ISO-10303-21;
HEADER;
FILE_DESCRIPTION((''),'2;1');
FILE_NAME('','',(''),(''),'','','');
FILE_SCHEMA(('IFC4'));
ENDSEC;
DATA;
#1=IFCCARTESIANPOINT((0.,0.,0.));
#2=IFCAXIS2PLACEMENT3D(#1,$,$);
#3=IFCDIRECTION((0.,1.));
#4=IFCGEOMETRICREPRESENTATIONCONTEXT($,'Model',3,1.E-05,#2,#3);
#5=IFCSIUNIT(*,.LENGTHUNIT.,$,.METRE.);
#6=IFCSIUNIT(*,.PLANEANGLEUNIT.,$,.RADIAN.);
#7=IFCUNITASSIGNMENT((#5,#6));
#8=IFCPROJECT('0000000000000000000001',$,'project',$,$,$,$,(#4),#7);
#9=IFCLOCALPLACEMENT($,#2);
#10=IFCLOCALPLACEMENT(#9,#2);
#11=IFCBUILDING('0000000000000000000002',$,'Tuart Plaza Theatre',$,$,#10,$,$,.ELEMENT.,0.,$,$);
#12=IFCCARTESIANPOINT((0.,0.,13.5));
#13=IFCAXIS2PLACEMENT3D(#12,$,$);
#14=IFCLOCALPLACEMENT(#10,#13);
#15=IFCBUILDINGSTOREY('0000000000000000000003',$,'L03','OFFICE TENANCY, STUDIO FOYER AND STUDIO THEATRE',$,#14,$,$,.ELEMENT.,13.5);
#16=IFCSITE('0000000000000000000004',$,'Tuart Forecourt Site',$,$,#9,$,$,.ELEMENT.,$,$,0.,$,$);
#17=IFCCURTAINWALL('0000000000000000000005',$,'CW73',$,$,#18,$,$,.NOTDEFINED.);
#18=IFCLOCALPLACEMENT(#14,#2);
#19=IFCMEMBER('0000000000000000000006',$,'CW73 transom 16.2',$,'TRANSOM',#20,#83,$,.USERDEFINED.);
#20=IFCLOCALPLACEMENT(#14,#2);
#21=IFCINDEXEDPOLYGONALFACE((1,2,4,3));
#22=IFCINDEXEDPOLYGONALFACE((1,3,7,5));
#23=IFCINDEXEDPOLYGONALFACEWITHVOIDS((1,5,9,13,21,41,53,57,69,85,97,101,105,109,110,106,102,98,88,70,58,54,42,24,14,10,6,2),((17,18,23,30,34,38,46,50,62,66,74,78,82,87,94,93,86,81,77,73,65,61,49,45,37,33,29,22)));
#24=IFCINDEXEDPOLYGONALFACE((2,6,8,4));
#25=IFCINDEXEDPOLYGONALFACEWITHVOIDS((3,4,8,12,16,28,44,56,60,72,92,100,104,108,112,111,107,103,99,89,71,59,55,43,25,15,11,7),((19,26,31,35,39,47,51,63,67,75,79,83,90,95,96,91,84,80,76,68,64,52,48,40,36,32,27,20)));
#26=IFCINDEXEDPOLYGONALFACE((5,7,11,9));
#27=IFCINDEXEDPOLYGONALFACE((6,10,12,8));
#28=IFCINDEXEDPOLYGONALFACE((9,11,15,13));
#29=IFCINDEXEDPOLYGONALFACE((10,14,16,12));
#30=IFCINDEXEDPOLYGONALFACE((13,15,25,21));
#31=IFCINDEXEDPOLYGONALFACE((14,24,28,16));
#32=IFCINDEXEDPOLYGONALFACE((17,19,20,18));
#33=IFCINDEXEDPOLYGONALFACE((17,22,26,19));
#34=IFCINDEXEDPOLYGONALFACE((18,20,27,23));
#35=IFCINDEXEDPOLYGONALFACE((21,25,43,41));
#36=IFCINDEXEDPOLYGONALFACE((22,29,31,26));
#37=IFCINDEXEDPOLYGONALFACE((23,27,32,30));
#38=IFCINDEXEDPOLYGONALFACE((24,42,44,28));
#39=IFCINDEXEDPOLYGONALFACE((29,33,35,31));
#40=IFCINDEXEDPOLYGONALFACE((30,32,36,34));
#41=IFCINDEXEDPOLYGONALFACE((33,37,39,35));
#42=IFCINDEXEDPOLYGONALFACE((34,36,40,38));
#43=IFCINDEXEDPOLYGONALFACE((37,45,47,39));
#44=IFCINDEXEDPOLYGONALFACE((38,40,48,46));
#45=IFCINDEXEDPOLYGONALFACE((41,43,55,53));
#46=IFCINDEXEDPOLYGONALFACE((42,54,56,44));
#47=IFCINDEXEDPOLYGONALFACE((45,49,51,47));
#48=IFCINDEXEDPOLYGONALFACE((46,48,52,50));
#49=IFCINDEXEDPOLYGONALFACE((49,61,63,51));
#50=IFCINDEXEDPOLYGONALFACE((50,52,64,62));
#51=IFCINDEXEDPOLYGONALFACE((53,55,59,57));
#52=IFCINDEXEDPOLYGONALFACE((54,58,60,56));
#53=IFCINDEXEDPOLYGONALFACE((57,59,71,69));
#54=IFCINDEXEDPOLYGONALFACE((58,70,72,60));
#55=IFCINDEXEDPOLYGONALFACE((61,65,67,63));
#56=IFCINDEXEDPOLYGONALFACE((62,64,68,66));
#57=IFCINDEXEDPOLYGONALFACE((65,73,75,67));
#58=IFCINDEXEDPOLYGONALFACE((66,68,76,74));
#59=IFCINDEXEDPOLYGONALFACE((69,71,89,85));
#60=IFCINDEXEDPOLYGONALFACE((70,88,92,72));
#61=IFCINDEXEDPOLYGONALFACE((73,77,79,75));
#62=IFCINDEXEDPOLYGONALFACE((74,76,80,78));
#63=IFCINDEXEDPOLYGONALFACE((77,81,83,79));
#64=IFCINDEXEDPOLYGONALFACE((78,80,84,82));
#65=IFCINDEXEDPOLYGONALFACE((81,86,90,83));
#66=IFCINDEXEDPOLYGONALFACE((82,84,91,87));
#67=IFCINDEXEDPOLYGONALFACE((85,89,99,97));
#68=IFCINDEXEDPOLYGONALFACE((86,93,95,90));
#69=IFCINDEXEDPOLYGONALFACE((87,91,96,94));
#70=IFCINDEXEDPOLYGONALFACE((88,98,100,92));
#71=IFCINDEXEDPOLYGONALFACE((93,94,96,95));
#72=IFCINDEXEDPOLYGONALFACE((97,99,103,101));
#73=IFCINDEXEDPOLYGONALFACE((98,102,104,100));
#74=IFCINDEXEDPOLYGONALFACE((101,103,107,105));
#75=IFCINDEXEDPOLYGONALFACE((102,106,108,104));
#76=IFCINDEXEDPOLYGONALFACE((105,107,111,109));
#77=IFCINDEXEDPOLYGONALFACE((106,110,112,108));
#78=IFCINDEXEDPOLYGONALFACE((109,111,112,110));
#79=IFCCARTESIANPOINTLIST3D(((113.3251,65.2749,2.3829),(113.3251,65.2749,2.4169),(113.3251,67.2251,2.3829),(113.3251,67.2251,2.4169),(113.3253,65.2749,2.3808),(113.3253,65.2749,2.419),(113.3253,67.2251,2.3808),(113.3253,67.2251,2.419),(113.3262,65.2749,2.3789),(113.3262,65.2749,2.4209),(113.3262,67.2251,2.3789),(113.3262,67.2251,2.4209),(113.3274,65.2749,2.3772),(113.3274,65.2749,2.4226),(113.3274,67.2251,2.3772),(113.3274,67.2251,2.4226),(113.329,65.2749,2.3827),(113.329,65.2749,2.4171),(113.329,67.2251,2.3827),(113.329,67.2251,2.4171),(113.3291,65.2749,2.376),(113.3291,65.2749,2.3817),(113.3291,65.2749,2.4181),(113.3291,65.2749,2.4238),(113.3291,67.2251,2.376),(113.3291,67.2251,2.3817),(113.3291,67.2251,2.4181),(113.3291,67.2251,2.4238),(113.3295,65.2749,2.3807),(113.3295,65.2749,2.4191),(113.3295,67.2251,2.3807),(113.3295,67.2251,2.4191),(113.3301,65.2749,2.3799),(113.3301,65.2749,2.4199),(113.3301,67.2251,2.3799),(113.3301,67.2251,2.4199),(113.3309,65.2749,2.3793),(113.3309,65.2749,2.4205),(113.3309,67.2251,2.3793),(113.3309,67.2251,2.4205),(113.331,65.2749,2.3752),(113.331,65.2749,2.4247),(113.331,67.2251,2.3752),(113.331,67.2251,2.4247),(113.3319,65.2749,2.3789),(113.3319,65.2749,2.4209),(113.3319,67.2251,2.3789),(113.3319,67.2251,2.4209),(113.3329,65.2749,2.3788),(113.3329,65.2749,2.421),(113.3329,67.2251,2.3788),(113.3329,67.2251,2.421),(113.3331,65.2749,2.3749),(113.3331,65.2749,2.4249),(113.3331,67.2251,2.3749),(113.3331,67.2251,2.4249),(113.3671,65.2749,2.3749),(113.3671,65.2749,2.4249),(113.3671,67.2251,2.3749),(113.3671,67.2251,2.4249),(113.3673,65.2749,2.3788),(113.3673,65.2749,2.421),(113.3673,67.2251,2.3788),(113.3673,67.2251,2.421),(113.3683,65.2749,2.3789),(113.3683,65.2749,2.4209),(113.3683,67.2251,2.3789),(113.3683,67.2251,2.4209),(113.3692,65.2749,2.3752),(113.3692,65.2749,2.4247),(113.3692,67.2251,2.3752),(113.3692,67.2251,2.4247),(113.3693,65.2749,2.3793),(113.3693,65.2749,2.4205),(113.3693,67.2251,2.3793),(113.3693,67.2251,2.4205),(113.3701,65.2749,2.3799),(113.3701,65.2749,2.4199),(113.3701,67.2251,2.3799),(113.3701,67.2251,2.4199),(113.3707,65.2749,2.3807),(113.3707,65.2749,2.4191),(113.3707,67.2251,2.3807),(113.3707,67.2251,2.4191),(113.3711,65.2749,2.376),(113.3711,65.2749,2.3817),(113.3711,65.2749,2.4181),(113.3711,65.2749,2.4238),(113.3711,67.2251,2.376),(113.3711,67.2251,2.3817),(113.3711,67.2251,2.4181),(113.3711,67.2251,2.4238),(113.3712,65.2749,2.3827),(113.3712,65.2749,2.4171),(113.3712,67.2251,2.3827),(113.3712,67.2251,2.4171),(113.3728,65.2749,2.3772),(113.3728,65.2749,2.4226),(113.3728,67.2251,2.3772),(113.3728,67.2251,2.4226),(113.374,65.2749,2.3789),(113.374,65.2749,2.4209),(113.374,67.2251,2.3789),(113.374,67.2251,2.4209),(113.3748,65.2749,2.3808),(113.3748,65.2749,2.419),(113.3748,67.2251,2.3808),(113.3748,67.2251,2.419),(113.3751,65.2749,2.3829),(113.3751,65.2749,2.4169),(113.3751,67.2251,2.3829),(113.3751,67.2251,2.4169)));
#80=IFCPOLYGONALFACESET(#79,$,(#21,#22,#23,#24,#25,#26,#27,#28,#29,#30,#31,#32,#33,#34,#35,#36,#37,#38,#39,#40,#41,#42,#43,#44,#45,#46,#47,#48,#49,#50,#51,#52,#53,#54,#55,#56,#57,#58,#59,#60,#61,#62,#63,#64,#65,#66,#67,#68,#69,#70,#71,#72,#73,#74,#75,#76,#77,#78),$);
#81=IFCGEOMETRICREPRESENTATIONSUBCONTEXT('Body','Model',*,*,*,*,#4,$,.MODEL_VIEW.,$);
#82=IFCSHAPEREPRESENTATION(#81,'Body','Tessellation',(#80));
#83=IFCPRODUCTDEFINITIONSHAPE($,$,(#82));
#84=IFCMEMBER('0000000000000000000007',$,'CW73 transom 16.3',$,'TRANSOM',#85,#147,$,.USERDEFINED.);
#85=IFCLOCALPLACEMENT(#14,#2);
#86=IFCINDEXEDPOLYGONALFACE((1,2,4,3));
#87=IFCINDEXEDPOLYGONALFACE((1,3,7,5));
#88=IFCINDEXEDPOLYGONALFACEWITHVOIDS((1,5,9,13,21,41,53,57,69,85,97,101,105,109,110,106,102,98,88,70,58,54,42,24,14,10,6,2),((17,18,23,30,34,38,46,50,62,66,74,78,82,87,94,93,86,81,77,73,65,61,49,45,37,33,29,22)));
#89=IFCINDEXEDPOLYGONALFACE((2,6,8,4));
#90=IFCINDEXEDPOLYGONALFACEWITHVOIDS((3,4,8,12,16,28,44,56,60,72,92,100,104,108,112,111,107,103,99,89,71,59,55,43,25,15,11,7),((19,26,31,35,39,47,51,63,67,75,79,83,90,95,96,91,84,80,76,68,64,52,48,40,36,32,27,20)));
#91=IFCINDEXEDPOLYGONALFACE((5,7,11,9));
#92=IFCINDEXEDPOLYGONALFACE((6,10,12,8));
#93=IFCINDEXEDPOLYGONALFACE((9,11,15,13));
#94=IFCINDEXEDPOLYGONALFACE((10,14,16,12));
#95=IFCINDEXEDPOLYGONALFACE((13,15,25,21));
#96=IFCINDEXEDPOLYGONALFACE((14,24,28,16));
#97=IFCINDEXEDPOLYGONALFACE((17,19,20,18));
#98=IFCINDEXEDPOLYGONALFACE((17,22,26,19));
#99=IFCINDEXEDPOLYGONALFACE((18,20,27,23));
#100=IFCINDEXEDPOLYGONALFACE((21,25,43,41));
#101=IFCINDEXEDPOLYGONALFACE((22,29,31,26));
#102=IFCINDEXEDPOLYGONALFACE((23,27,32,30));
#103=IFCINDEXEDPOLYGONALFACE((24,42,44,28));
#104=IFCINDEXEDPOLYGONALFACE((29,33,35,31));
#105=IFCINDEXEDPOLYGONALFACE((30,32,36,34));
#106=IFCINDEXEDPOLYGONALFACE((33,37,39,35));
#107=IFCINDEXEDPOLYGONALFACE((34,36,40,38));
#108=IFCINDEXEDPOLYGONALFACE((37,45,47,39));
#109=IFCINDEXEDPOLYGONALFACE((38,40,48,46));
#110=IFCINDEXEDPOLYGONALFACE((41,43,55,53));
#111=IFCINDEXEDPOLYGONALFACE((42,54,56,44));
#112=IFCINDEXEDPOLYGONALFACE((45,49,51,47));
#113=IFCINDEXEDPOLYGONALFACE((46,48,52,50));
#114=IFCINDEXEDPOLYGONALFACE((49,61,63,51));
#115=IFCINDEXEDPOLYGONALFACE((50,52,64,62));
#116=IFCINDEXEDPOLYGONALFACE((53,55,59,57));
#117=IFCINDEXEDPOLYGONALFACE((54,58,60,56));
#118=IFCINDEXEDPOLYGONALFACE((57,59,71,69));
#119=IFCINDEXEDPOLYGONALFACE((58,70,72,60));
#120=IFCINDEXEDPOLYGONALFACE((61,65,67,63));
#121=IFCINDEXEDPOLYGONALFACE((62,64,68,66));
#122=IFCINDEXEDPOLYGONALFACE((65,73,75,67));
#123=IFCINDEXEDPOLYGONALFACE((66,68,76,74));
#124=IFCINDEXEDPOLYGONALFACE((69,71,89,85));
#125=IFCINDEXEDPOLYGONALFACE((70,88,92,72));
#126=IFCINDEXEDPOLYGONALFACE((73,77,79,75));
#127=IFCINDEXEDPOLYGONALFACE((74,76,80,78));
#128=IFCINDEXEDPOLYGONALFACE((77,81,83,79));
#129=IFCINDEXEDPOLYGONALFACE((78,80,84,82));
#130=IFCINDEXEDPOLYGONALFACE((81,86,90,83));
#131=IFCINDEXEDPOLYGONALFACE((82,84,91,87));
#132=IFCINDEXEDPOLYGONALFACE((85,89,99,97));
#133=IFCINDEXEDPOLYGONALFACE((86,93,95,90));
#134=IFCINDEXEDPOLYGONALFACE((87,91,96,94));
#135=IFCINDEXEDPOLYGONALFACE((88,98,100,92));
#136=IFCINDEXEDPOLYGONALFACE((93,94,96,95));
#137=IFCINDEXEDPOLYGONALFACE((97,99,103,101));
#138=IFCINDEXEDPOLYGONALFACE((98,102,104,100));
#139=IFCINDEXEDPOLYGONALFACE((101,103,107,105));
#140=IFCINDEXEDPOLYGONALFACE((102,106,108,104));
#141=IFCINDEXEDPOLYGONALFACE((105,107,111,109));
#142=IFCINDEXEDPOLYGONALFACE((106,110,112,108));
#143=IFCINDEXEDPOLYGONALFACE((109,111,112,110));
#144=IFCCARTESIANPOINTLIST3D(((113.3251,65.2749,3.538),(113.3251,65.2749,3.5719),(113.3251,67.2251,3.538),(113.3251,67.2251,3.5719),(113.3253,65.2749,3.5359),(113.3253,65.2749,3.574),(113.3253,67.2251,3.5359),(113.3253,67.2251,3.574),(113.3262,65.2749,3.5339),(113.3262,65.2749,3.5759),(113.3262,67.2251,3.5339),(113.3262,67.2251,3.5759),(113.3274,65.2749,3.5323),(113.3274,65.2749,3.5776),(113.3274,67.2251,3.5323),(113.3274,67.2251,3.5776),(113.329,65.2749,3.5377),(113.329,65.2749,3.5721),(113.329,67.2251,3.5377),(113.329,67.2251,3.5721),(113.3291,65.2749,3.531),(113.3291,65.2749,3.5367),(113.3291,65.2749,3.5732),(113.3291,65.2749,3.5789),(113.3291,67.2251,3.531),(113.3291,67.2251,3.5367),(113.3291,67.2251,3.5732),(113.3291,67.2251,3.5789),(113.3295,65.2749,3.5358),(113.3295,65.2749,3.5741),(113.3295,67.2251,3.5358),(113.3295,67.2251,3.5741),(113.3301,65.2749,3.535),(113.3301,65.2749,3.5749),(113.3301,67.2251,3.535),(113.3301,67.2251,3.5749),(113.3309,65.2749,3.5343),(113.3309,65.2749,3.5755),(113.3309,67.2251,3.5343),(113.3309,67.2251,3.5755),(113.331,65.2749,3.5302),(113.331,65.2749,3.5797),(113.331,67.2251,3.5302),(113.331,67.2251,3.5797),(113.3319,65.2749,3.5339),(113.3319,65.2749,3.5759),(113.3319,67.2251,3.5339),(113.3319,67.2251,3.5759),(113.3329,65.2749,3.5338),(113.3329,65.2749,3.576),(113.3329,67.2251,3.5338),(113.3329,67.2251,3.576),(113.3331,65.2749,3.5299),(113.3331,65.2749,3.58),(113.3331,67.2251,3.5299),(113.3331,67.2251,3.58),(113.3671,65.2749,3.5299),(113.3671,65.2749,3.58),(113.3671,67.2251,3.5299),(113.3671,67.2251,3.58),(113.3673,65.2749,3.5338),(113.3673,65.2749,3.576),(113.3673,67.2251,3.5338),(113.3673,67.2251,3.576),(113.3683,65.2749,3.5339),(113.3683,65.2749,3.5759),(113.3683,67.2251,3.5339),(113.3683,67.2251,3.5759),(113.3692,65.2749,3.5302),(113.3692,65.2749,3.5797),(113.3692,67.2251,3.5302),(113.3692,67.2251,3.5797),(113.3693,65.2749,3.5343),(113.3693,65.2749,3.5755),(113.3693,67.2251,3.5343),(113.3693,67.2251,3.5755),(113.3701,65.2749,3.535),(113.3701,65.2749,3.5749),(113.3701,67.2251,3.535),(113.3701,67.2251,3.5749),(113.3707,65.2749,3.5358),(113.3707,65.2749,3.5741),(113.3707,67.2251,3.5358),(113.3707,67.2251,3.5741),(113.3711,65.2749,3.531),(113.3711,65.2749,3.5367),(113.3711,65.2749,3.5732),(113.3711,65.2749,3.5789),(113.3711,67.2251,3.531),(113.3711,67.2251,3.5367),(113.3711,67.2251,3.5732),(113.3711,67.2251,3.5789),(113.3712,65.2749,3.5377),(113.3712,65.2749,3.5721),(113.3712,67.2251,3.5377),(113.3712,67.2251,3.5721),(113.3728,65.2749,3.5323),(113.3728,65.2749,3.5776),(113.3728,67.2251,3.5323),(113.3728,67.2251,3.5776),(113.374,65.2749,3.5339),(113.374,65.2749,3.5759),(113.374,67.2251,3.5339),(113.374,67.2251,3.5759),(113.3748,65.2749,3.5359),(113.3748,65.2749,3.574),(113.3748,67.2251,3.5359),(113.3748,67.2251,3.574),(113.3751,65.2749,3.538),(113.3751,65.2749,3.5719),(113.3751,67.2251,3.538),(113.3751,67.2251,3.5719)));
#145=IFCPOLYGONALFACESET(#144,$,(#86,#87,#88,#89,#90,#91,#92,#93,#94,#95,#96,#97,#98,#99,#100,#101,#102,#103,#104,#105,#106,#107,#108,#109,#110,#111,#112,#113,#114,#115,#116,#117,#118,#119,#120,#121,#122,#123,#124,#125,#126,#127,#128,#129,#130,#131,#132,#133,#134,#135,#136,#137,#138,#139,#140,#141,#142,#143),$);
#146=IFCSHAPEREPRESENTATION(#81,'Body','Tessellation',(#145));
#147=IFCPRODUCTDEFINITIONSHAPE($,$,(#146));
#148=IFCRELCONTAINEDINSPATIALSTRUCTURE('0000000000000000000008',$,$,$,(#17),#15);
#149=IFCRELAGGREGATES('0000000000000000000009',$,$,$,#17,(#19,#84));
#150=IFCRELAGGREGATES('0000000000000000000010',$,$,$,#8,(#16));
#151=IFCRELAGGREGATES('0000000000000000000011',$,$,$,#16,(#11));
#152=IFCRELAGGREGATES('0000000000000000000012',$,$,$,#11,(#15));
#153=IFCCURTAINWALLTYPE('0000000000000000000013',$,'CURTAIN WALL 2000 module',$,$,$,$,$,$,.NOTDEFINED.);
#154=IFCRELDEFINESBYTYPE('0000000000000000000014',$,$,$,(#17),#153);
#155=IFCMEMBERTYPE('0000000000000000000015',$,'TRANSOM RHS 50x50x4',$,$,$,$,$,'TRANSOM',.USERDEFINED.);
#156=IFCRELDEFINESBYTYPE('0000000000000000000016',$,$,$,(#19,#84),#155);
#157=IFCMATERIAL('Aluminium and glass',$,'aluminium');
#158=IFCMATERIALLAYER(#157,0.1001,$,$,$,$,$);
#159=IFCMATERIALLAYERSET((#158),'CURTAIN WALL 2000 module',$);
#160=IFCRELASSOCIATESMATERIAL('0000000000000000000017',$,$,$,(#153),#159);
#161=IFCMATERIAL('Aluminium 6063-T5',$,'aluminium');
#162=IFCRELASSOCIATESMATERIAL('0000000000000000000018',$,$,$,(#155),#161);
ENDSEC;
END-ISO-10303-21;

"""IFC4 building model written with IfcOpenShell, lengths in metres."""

from ifc_helpers import new_model, si_unit, direction, frame, origin, origin_2d, place, context, subcontext, project, spatial, hollow_rectangle, extrude, material, layer, layer_set, material_profile, profile_set, type_object, element, aggregate, save


model = new_model("IFC4")

# Units and contexts
model_context = context("Model", 3, precision=1e-05, world=origin(), true_north=direction((0.0, 1.0)))
body_context = subcontext(model_context, "Body", "Model", "MODEL_VIEW")
ifc_project = project(units=[si_unit("LENGTHUNIT", "METRE"), si_unit("PLANEANGLEUNIT", "RADIAN")], contexts=[model_context])

# Site, building, storey
site_placement = place(None, origin())
site = spatial("IfcSite", under=ifc_project, at=site_placement, Name="Tuart Forecourt Site", CompositionType="ELEMENT", RefElevation=0.0)
building_placement = place(site_placement, origin())
building = spatial("IfcBuilding", under=site, at=building_placement, Name="Tuart Plaza Theatre", CompositionType="ELEMENT", ElevationOfRefHeight=0.0)
storey_placement = place(building_placement, frame((0.0, 0.0, 13.5)))
storey = spatial("IfcBuildingStorey", under=building, at=storey_placement, Name="L03", Description="OFFICE TENANCY, STUDIO FOYER AND STUDIO THEATRE", CompositionType="ELEMENT", Elevation=13.5)

# Curtain wall, members
ifc_material_1 = material(Name="Aluminium and glass", Category="aluminium")
ifc_layer_1 = layer(ifc_material_1, 0.1001)
ifc_layer_set_1 = layer_set([ifc_layer_1], Name="CURTAIN WALL 2000 module")
curtain_wall_type = type_object("IfcCurtainWallType", Name="CURTAIN WALL 2000 module", PredefinedType="NOTDEFINED", material=ifc_layer_set_1)
curtain_wall_placement = place(storey_placement, origin())
curtain_wall = element("IfcCurtainWall", 1, at=curtain_wall_placement, inside=storey, type_object=curtain_wall_type, Name="CW73", PredefinedType="NOTDEFINED")
ifc_material_2 = material(Name="Aluminium 6063-T5", Category="aluminium")
ifc_material_profile_1 = material_profile(ifc_material_2, hollow_rectangle(XDim=0.05, YDim=0.05, WallThickness=0.0039, InnerFilletRadius=0.0039, OuterFilletRadius=0.0081, at=origin_2d()), Name="RHS 50x50x4")
ifc_profile_set_1 = profile_set([ifc_material_profile_1], Name="Aluminium 6063-T5")
member_type_1 = type_object("IfcMemberType", Name="TRANSOM RHS 50x50x4", ElementType="TRANSOM", PredefinedType="USERDEFINED", material=ifc_profile_set_1)
member_1_placement = place(storey_placement, frame((113.3501, 67.2251, 2.3999), z_axis=(0.0, -1.0, 0.0), x_axis=(1.0, 0.0, 0.0)))
member_1 = element("IfcMember", 2, at=member_1_placement, type_object=member_type_1, Name="CW73 transom 16.2", ObjectType="TRANSOM", PredefinedType="USERDEFINED", context=body_context, shape_type="SweptSolid", body=[
    extrude(hollow_rectangle(XDim=0.05, YDim=0.05, WallThickness=0.0039, InnerFilletRadius=0.0039, OuterFilletRadius=0.0081, at=origin_2d()), origin(), (0.0, 0.0, 1.0), 1.9502),
])
member_2_placement = place(storey_placement, frame((113.3501, 67.2251, 3.5549), z_axis=(0.0, -1.0, 0.0), x_axis=(1.0, 0.0, 0.0)))
member_2 = element("IfcMember", 3, at=member_2_placement, type_object=member_type_1, Name="CW73 transom 16.3", ObjectType="TRANSOM", PredefinedType="USERDEFINED", context=body_context, shape_type="SweptSolid", body=[
    extrude(hollow_rectangle(XDim=0.05, YDim=0.05, WallThickness=0.0039, InnerFilletRadius=0.0039, OuterFilletRadius=0.0081, at=origin_2d()), origin(), (0.0, 0.0, 1.0), 1.9502),
])
aggregate(curtain_wall, [member_1, member_2])

save(model, "model.ifc")
